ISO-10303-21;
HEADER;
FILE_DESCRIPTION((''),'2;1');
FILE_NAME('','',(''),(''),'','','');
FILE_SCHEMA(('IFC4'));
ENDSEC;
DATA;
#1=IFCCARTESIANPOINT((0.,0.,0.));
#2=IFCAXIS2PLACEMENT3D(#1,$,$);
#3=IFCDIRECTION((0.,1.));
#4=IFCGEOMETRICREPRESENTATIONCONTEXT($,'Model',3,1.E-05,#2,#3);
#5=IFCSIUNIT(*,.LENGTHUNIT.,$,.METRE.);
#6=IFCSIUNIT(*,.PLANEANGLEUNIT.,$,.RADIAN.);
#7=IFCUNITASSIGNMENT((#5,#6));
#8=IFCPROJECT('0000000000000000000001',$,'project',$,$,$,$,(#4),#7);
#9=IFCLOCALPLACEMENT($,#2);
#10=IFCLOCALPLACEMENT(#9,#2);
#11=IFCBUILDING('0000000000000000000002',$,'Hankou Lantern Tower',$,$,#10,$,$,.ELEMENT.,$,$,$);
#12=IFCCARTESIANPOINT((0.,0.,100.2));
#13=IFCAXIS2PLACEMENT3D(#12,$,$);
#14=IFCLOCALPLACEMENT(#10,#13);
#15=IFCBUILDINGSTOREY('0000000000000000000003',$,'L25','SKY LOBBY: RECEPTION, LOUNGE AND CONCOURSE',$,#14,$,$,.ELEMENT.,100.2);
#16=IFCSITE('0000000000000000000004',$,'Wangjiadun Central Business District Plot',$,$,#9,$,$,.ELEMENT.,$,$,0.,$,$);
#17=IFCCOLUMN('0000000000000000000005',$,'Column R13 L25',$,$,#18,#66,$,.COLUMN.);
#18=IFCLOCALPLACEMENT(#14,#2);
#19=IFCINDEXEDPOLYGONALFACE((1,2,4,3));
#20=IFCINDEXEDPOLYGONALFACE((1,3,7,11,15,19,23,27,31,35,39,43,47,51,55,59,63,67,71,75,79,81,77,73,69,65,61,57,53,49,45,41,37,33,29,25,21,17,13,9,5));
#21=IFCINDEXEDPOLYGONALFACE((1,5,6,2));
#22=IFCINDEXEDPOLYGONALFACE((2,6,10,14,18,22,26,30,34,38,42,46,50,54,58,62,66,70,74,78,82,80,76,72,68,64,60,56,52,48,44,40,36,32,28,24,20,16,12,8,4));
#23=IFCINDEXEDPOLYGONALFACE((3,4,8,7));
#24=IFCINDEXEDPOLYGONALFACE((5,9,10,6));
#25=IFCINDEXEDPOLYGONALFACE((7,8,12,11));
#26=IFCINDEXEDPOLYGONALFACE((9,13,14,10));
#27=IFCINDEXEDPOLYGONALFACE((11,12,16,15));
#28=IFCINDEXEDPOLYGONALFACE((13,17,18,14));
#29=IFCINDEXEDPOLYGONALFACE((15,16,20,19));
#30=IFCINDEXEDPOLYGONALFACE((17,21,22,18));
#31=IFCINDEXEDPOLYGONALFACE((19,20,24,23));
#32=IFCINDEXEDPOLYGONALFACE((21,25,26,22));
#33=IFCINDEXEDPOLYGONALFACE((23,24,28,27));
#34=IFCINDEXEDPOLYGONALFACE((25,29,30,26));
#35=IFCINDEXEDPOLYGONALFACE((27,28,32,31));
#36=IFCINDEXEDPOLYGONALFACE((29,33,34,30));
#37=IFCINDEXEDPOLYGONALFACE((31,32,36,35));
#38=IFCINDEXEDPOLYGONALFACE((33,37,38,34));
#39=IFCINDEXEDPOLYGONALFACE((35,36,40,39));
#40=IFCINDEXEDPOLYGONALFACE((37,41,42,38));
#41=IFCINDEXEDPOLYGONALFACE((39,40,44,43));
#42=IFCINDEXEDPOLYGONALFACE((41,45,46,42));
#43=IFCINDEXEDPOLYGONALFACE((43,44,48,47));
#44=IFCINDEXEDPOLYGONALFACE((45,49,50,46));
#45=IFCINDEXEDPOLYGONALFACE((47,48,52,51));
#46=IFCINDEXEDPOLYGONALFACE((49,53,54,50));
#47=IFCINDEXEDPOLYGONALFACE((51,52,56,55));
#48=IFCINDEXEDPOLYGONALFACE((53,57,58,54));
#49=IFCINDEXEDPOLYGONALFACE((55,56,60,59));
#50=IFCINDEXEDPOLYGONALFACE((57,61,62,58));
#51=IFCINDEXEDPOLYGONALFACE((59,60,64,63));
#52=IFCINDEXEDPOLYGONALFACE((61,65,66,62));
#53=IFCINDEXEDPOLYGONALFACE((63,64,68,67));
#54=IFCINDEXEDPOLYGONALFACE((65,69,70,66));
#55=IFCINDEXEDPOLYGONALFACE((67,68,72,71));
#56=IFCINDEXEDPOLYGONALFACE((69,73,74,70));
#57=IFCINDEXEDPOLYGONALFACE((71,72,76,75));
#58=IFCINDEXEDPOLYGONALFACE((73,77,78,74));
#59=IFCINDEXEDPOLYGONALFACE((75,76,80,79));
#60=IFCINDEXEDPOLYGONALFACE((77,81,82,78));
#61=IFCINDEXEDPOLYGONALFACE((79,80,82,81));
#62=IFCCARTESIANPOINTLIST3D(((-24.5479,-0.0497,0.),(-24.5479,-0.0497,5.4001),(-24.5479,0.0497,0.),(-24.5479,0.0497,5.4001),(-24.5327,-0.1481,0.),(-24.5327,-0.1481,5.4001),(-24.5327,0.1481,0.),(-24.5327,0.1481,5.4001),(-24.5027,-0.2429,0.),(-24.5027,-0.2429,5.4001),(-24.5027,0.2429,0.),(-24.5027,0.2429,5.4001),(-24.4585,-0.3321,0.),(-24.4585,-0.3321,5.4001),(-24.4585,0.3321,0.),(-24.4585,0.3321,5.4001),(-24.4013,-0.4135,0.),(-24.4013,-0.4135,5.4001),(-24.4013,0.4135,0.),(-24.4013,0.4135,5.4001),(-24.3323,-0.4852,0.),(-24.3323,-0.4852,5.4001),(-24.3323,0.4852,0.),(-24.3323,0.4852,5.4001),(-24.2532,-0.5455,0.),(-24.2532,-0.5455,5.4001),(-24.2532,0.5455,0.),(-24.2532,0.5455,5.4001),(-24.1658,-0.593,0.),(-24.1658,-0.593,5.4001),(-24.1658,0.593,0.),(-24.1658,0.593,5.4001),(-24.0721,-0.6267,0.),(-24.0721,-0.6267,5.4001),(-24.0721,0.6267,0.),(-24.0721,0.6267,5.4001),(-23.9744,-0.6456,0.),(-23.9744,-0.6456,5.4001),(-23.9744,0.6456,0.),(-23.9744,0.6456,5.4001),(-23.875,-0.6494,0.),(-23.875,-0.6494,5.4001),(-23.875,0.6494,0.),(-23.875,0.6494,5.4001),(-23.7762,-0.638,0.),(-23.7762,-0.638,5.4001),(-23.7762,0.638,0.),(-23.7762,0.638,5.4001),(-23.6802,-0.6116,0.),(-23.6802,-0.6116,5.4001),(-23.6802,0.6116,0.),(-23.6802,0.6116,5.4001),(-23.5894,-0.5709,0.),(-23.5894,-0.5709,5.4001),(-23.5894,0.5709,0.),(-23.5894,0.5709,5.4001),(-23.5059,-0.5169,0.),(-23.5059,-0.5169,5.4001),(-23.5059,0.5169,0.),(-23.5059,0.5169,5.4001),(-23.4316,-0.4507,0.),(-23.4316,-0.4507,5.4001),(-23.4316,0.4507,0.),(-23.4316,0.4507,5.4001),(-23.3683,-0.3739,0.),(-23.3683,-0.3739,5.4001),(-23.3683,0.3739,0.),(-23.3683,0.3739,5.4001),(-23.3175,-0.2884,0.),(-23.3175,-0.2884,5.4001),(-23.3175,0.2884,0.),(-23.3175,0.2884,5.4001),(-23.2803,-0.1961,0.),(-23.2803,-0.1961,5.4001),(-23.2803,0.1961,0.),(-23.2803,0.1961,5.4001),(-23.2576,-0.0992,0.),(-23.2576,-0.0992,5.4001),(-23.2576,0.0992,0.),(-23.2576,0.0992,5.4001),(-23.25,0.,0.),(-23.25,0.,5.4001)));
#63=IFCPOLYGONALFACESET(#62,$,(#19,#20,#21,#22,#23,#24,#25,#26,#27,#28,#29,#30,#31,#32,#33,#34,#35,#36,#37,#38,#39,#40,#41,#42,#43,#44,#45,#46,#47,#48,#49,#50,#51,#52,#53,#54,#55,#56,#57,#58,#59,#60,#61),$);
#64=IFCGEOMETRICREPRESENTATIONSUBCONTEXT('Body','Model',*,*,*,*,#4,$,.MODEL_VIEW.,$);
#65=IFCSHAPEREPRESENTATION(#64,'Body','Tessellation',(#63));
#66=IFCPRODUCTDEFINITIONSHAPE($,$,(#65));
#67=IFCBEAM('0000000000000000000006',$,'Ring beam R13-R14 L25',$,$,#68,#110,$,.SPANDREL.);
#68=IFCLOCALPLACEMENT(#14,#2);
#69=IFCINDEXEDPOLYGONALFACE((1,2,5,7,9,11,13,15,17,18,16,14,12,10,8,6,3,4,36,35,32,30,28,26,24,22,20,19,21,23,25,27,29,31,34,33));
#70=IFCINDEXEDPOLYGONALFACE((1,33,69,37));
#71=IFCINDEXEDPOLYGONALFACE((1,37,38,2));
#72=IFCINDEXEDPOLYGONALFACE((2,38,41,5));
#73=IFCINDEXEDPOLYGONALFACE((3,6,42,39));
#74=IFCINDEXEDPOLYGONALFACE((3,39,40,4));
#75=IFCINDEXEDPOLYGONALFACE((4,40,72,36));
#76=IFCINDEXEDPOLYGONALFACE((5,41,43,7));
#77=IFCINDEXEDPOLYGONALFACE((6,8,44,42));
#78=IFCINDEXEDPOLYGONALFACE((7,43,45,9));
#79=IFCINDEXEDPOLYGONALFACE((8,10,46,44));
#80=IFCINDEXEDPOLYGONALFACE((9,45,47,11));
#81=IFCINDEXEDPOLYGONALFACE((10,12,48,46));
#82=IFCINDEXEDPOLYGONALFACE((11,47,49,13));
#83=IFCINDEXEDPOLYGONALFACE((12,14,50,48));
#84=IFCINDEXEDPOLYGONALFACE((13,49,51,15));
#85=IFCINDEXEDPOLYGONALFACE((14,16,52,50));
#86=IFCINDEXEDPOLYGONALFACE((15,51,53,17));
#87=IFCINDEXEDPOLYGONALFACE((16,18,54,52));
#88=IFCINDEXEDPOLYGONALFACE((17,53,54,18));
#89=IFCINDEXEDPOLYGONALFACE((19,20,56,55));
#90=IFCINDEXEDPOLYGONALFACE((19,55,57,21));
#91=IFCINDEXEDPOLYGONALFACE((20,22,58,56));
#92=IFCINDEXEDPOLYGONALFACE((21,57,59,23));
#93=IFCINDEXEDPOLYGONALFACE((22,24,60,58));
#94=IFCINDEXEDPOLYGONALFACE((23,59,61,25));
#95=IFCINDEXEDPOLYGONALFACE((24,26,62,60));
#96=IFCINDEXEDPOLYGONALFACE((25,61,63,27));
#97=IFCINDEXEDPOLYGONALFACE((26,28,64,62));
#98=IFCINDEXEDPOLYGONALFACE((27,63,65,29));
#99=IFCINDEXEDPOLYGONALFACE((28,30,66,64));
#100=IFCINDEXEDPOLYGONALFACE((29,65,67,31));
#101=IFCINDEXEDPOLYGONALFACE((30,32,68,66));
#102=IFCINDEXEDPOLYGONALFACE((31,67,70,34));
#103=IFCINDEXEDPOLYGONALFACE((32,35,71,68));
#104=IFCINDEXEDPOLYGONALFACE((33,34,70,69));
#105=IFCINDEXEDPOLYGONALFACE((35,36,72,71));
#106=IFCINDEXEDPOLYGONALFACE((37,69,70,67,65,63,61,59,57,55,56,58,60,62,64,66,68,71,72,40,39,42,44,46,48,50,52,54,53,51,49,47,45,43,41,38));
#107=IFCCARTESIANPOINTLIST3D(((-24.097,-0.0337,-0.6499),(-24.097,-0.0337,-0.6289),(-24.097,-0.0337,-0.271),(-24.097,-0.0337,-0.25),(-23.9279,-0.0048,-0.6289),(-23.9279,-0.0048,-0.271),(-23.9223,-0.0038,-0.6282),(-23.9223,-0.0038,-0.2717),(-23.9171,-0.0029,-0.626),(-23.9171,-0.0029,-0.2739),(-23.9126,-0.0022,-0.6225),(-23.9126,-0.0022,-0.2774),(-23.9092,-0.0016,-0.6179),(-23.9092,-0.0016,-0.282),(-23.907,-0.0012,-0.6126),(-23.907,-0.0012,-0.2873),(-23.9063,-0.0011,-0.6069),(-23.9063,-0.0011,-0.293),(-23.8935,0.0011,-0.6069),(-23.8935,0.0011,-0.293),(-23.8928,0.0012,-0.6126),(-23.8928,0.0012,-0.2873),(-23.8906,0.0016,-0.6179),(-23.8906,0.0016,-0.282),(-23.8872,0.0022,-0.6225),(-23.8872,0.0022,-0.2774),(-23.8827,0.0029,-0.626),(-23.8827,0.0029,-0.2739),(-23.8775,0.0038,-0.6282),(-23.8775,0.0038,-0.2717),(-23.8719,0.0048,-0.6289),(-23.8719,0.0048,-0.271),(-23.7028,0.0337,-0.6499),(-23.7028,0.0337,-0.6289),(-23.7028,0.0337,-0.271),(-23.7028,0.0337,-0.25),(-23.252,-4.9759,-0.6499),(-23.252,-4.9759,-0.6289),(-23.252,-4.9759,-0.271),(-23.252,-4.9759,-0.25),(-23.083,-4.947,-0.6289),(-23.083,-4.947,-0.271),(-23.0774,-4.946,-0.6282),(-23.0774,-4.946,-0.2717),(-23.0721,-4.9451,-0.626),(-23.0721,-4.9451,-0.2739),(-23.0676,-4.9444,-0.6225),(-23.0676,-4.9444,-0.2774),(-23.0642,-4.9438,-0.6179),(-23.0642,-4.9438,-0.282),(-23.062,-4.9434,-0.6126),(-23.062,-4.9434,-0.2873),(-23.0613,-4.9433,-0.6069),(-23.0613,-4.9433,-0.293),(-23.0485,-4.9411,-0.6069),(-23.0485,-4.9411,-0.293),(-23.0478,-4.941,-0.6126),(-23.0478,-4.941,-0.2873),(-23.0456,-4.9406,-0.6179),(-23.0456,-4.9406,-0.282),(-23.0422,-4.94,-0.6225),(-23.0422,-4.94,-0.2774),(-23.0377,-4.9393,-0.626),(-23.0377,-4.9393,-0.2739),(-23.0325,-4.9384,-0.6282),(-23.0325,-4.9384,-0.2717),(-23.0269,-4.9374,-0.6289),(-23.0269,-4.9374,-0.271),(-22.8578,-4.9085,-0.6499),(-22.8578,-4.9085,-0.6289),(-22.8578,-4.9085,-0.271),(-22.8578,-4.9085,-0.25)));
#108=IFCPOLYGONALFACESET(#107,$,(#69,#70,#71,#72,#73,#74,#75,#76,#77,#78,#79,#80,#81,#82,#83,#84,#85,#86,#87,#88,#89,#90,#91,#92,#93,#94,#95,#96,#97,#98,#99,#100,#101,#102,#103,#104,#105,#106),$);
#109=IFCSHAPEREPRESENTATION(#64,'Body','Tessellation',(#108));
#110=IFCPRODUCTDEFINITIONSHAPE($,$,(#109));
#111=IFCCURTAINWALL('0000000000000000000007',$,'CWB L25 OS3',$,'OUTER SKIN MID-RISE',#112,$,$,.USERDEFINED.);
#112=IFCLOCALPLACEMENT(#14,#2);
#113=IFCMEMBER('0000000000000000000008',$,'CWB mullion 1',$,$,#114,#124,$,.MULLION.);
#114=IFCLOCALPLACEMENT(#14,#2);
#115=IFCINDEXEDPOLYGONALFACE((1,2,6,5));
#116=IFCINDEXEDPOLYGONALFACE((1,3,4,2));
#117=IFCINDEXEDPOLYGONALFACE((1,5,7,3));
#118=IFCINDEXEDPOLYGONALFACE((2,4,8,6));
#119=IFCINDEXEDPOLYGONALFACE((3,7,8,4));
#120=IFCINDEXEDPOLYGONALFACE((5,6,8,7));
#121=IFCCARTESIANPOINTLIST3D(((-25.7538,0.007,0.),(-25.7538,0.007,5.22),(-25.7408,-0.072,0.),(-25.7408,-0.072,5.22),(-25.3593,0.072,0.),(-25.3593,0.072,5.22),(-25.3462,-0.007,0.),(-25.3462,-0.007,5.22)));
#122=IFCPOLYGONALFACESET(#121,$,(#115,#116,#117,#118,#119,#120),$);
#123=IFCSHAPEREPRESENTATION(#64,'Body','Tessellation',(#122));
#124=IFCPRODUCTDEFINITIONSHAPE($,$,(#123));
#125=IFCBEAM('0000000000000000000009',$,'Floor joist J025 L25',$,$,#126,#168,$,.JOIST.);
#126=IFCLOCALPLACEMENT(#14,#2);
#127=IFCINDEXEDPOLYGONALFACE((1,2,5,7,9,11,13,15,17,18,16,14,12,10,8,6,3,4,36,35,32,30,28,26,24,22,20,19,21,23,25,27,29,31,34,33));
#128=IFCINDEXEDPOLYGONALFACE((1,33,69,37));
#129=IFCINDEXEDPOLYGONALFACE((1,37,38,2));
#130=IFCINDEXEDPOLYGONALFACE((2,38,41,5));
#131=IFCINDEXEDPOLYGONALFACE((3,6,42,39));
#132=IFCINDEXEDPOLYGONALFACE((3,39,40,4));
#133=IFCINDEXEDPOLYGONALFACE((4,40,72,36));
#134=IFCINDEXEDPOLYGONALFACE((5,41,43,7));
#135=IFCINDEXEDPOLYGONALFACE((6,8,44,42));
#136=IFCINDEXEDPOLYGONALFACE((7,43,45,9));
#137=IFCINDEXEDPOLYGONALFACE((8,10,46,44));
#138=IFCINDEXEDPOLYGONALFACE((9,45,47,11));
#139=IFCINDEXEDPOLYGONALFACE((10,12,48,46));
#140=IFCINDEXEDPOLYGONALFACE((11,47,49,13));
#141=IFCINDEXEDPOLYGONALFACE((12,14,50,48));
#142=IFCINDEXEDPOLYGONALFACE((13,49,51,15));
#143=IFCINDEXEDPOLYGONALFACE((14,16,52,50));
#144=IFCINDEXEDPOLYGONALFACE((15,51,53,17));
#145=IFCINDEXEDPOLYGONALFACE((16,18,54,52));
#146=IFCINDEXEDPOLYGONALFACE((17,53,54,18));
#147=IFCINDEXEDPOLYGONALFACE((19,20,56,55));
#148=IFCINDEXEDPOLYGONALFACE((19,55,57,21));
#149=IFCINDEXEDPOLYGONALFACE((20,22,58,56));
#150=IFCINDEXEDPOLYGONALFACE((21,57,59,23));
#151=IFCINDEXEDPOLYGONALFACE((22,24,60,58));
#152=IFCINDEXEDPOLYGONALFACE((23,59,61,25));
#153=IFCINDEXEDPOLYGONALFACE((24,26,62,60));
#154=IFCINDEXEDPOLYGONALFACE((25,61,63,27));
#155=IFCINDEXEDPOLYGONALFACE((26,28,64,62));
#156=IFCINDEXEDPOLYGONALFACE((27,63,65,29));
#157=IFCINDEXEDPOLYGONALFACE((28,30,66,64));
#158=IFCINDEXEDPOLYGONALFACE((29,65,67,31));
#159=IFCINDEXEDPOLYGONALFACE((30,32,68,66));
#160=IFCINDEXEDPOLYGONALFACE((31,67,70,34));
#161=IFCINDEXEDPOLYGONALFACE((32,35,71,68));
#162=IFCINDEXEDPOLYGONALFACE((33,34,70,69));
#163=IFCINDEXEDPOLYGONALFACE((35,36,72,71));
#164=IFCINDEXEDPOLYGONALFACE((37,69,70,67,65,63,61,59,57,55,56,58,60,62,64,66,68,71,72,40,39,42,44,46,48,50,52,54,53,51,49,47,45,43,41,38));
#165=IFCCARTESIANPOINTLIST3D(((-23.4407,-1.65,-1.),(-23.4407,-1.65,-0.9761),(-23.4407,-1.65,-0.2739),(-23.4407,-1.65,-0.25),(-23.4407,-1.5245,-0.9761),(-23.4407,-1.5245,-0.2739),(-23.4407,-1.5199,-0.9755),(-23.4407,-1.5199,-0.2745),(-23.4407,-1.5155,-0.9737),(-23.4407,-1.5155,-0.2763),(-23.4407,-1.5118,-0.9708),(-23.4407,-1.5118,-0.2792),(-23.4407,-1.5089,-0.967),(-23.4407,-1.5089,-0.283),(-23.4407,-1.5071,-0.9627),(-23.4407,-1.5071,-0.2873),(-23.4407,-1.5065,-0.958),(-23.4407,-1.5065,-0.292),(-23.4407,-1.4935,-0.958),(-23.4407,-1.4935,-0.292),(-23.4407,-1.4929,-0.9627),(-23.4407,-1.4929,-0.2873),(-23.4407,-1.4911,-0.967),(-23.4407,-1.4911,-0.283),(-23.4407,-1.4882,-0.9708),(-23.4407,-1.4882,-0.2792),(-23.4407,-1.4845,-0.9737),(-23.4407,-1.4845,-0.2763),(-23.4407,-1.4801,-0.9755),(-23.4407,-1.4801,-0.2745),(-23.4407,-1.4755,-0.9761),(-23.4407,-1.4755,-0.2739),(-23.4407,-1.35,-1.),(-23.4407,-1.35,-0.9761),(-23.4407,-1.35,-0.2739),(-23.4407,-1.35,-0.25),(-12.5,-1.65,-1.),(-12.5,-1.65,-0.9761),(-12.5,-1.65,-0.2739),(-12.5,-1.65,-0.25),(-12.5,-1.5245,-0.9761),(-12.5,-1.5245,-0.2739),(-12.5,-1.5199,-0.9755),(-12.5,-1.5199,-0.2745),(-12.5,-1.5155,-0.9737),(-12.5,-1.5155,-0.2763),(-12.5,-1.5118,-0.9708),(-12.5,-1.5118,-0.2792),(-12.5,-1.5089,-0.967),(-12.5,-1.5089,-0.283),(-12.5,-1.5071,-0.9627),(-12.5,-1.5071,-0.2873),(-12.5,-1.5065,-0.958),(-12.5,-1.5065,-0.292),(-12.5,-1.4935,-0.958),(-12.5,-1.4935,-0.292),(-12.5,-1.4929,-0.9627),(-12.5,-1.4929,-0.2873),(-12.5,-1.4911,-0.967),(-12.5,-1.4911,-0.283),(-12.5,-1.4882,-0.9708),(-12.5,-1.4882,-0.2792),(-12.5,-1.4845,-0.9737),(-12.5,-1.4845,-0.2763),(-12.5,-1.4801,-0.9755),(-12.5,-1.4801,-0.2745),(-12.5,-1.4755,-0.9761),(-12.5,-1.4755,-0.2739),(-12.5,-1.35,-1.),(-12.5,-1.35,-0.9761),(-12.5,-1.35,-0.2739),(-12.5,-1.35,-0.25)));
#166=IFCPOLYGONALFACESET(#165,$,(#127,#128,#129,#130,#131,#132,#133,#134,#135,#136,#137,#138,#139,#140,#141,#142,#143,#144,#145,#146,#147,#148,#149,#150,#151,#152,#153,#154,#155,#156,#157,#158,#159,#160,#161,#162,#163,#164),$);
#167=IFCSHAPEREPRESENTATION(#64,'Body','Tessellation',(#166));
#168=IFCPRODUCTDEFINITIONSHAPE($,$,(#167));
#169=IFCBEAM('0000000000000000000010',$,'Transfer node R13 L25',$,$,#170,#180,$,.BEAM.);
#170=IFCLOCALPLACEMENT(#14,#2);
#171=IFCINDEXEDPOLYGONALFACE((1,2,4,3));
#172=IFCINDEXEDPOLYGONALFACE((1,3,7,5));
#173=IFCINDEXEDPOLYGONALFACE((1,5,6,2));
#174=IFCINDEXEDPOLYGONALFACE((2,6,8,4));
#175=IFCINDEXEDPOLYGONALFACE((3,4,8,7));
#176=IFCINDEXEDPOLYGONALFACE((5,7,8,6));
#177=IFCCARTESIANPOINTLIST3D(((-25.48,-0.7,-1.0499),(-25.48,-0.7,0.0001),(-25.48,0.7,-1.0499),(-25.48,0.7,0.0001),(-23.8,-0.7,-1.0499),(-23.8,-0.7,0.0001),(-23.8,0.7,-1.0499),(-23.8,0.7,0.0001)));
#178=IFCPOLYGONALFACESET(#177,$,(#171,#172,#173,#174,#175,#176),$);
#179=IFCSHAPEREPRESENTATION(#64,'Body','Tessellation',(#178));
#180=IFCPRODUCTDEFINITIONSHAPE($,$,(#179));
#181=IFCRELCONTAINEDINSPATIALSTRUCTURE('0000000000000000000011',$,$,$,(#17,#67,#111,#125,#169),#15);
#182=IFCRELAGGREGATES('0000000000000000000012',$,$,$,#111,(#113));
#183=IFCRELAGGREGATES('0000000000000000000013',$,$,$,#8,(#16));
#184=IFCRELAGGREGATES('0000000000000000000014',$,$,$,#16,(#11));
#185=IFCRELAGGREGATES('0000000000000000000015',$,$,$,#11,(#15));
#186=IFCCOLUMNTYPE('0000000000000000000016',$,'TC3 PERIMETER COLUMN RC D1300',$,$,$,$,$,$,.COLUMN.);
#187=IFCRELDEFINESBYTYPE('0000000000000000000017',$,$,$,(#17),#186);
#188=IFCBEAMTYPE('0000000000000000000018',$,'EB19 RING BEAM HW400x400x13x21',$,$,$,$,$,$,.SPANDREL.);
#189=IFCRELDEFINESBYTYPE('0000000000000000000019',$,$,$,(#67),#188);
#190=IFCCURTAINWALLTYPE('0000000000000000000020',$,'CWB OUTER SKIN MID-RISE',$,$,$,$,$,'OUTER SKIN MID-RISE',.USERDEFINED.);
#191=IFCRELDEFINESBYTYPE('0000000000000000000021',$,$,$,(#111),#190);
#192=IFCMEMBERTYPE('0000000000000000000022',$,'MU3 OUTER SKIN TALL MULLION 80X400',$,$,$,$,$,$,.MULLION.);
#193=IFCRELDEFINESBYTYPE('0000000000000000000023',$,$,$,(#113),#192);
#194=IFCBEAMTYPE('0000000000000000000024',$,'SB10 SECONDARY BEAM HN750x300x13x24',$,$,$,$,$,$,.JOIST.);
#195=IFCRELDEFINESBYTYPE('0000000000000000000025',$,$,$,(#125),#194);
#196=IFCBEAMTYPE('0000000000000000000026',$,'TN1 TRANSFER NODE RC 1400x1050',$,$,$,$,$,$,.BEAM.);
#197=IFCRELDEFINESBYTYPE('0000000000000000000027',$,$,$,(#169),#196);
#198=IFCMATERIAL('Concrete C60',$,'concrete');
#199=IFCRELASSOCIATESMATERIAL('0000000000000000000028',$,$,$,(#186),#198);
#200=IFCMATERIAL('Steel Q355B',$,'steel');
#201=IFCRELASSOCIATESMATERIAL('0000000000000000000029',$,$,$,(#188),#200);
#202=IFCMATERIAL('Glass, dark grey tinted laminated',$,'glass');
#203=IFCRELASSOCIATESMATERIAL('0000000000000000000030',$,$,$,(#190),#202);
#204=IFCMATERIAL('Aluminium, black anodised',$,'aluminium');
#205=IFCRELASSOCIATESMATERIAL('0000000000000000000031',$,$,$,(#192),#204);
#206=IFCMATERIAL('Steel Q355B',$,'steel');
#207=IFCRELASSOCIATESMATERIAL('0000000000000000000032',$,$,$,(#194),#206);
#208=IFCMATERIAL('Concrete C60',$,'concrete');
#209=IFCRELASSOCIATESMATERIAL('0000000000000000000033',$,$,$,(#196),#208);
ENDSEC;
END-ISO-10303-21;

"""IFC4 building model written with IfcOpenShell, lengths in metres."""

from ifc_helpers import new_model, si_unit, direction, frame, origin, origin_2d, place, context, subcontext, project, spatial, rectangle, circle, i_section, extrude, material, material_profile, profile_set, type_object, element, aggregate, save


model = new_model("IFC4")

# Units and contexts
model_context = context("Model", 3, precision=1e-05, world=origin(), true_north=direction((0.0, 1.0)))
body_context = subcontext(model_context, "Body", "Model", "MODEL_VIEW")
ifc_project = project(units=[si_unit("LENGTHUNIT", "METRE"), si_unit("PLANEANGLEUNIT", "RADIAN")], contexts=[model_context])

# Site, building, storey
site_placement = place(None, origin())
site = spatial("IfcSite", under=ifc_project, at=site_placement, Name="Wangjiadun Central Business District Plot", CompositionType="ELEMENT", RefElevation=0.0)
building_placement = place(site_placement, origin())
building = spatial("IfcBuilding", under=site, at=building_placement, Name="Hankou Lantern Tower", CompositionType="ELEMENT")
storey_placement = place(building_placement, frame((0.0, 0.0, 100.2)))
storey = spatial("IfcBuildingStorey", under=building, at=storey_placement, Name="L25", Description="SKY LOBBY: RECEPTION, LOUNGE AND CONCOURSE", CompositionType="ELEMENT", Elevation=100.2)

# Column
ifc_material_1 = material(Name="Concrete C60", Category="concrete")
ifc_material_profile_1 = material_profile(ifc_material_1, circle(Radius=0.6499, at=origin_2d()), Name="RC D1300")
ifc_profile_set_1 = profile_set([ifc_material_profile_1], Name="Concrete C60")
column_type = type_object("IfcColumnType", Name="TC3 PERIMETER COLUMN RC D1300", PredefinedType="COLUMN", material=ifc_profile_set_1)
column_placement = place(storey_placement, frame((-23.8999, 0.0, 0.0), z_axis=(0.0, 0.0, 1.0), x_axis=(1.0, 0.0, 0.0)))
element("IfcColumn", 1, at=column_placement, inside=storey, type_object=column_type, Name="Column R13 L25", PredefinedType="COLUMN", context=body_context, shape_type="SweptSolid", body=[
    extrude(circle(Radius=0.6499, at=origin_2d()), origin(), (0.0, 0.0, 1.0), 5.4001),
])

# Beam
ifc_material_2 = material(Name="Steel Q355B", Category="steel")
ifc_material_profile_2 = material_profile(ifc_material_2, i_section(OverallWidth=0.3999, OverallDepth=0.3999, WebThickness=0.0129, FlangeThickness=0.021, FilletRadius=0.022, at=origin_2d()), Name="HW400x400x13x21")
ifc_profile_set_2 = profile_set([ifc_material_profile_2], Name="Steel Q355B")
beam_type_1 = type_object("IfcBeamType", Name="EB19 RING BEAM HW400x400x13x21", PredefinedType="SPANDREL", material=ifc_profile_set_2)
beam_1_placement = place(storey_placement, frame((-23.8999, 0.0, -0.45), z_axis=(0.168527, -0.985697, 0.0), x_axis=(0.985697, 0.168527, 0.0)))
element("IfcBeam", 2, at=beam_1_placement, inside=storey, type_object=beam_type_1, Name="Ring beam R13-R14 L25", PredefinedType="SPANDREL", context=body_context, shape_type="SweptSolid", body=[
    extrude(i_section(OverallWidth=0.3999, OverallDepth=0.3999, WebThickness=0.0129, FlangeThickness=0.021, FilletRadius=0.022, at=origin_2d()), origin(), (0.0, 0.0, 1.0), 5.0139),
])

# Curtain wall, member
ifc_material_3 = material(Name="Glass, dark grey tinted laminated", Category="glass")
curtain_wall_type = type_object("IfcCurtainWallType", Name="CWB OUTER SKIN MID-RISE", ElementType="OUTER SKIN MID-RISE", PredefinedType="USERDEFINED", material=ifc_material_3)
curtain_wall_placement = place(storey_placement, origin())
curtain_wall = element("IfcCurtainWall", 3, at=curtain_wall_placement, inside=storey, type_object=curtain_wall_type, Name="CWB L25 OS3", ObjectType="OUTER SKIN MID-RISE", PredefinedType="USERDEFINED")
ifc_material_4 = material(Name="Aluminium, black anodised", Category="aluminium")
ifc_material_profile_3 = material_profile(ifc_material_4, rectangle(XDim=0.0801, YDim=0.3999, at=origin_2d()), Name="MU3 80X400")
ifc_profile_set_3 = profile_set([ifc_material_profile_3], Name="Aluminium, black anodised")
member_type_1 = type_object("IfcMemberType", Name="MU3 OUTER SKIN TALL MULLION 80X400", PredefinedType="MULLION", material=ifc_profile_set_3)
member_1_placement = place(storey_placement, frame((-25.55, 0.0, 0.0), z_axis=(0.0, 0.0, 1.0), x_axis=(0.162382, -0.986728, 0.0)))
member_1 = element("IfcMember", 4, at=member_1_placement, type_object=member_type_1, Name="CWB mullion 1", PredefinedType="MULLION", context=body_context, shape_type="SweptSolid", body=[
    extrude(rectangle(XDim=0.0801, YDim=0.3999, at=origin_2d()), origin(), (0.0, 0.0, 1.0), 5.22),
])

# Beams
ifc_material_5 = material(Name="Steel Q355B", Category="steel")
ifc_material_profile_4 = material_profile(ifc_material_5, i_section(OverallWidth=0.3, OverallDepth=0.75, WebThickness=0.0129, FlangeThickness=0.0239, FilletRadius=0.0181, at=origin_2d()), Name="HN750x300x13x24")
ifc_profile_set_4 = profile_set([ifc_material_profile_4], Name="Steel Q355B")
beam_type_2 = type_object("IfcBeamType", Name="SB10 SECONDARY BEAM HN750x300x13x24", PredefinedType="JOIST", material=ifc_profile_set_4)
beam_2_placement = place(storey_placement, frame((-23.4407, -1.5, -0.625), z_axis=(1.0, 0.0, 0.0), x_axis=(0.0, 1.0, 0.0)))
element("IfcBeam", 5, at=beam_2_placement, inside=storey, type_object=beam_type_2, Name="Floor joist J025 L25", PredefinedType="JOIST", context=body_context, shape_type="SweptSolid", body=[
    extrude(i_section(OverallWidth=0.3, OverallDepth=0.75, WebThickness=0.0129, FlangeThickness=0.0239, FilletRadius=0.0181, at=origin_2d()), origin(), (0.0, 0.0, 1.0), 10.9407),
])
ifc_material_6 = material(Name="Concrete C60", Category="concrete")
ifc_material_profile_5 = material_profile(ifc_material_6, rectangle(XDim=1.3999, YDim=1.05, at=origin_2d()), Name="RC 1400x1050")
ifc_profile_set_5 = profile_set([ifc_material_profile_5], Name="Concrete C60")
beam_type_3 = type_object("IfcBeamType", Name="TN1 TRANSFER NODE RC 1400x1050", PredefinedType="BEAM", material=ifc_profile_set_5)
beam_3_placement = place(storey_placement, frame((-25.48, 0.0, -0.5249), z_axis=(1.0, 0.0, 0.0), x_axis=(0.0, 1.0, 0.0)))
element("IfcBeam", 6, at=beam_3_placement, inside=storey, type_object=beam_type_3, Name="Transfer node R13 L25", PredefinedType="BEAM", context=body_context, shape_type="SweptSolid", body=[
    extrude(rectangle(XDim=1.3999, YDim=1.05, at=origin_2d()), origin(), (0.0, 0.0, 1.0), 1.6799),
])

aggregate(curtain_wall, [member_1])

save(model, "model.ifc")
